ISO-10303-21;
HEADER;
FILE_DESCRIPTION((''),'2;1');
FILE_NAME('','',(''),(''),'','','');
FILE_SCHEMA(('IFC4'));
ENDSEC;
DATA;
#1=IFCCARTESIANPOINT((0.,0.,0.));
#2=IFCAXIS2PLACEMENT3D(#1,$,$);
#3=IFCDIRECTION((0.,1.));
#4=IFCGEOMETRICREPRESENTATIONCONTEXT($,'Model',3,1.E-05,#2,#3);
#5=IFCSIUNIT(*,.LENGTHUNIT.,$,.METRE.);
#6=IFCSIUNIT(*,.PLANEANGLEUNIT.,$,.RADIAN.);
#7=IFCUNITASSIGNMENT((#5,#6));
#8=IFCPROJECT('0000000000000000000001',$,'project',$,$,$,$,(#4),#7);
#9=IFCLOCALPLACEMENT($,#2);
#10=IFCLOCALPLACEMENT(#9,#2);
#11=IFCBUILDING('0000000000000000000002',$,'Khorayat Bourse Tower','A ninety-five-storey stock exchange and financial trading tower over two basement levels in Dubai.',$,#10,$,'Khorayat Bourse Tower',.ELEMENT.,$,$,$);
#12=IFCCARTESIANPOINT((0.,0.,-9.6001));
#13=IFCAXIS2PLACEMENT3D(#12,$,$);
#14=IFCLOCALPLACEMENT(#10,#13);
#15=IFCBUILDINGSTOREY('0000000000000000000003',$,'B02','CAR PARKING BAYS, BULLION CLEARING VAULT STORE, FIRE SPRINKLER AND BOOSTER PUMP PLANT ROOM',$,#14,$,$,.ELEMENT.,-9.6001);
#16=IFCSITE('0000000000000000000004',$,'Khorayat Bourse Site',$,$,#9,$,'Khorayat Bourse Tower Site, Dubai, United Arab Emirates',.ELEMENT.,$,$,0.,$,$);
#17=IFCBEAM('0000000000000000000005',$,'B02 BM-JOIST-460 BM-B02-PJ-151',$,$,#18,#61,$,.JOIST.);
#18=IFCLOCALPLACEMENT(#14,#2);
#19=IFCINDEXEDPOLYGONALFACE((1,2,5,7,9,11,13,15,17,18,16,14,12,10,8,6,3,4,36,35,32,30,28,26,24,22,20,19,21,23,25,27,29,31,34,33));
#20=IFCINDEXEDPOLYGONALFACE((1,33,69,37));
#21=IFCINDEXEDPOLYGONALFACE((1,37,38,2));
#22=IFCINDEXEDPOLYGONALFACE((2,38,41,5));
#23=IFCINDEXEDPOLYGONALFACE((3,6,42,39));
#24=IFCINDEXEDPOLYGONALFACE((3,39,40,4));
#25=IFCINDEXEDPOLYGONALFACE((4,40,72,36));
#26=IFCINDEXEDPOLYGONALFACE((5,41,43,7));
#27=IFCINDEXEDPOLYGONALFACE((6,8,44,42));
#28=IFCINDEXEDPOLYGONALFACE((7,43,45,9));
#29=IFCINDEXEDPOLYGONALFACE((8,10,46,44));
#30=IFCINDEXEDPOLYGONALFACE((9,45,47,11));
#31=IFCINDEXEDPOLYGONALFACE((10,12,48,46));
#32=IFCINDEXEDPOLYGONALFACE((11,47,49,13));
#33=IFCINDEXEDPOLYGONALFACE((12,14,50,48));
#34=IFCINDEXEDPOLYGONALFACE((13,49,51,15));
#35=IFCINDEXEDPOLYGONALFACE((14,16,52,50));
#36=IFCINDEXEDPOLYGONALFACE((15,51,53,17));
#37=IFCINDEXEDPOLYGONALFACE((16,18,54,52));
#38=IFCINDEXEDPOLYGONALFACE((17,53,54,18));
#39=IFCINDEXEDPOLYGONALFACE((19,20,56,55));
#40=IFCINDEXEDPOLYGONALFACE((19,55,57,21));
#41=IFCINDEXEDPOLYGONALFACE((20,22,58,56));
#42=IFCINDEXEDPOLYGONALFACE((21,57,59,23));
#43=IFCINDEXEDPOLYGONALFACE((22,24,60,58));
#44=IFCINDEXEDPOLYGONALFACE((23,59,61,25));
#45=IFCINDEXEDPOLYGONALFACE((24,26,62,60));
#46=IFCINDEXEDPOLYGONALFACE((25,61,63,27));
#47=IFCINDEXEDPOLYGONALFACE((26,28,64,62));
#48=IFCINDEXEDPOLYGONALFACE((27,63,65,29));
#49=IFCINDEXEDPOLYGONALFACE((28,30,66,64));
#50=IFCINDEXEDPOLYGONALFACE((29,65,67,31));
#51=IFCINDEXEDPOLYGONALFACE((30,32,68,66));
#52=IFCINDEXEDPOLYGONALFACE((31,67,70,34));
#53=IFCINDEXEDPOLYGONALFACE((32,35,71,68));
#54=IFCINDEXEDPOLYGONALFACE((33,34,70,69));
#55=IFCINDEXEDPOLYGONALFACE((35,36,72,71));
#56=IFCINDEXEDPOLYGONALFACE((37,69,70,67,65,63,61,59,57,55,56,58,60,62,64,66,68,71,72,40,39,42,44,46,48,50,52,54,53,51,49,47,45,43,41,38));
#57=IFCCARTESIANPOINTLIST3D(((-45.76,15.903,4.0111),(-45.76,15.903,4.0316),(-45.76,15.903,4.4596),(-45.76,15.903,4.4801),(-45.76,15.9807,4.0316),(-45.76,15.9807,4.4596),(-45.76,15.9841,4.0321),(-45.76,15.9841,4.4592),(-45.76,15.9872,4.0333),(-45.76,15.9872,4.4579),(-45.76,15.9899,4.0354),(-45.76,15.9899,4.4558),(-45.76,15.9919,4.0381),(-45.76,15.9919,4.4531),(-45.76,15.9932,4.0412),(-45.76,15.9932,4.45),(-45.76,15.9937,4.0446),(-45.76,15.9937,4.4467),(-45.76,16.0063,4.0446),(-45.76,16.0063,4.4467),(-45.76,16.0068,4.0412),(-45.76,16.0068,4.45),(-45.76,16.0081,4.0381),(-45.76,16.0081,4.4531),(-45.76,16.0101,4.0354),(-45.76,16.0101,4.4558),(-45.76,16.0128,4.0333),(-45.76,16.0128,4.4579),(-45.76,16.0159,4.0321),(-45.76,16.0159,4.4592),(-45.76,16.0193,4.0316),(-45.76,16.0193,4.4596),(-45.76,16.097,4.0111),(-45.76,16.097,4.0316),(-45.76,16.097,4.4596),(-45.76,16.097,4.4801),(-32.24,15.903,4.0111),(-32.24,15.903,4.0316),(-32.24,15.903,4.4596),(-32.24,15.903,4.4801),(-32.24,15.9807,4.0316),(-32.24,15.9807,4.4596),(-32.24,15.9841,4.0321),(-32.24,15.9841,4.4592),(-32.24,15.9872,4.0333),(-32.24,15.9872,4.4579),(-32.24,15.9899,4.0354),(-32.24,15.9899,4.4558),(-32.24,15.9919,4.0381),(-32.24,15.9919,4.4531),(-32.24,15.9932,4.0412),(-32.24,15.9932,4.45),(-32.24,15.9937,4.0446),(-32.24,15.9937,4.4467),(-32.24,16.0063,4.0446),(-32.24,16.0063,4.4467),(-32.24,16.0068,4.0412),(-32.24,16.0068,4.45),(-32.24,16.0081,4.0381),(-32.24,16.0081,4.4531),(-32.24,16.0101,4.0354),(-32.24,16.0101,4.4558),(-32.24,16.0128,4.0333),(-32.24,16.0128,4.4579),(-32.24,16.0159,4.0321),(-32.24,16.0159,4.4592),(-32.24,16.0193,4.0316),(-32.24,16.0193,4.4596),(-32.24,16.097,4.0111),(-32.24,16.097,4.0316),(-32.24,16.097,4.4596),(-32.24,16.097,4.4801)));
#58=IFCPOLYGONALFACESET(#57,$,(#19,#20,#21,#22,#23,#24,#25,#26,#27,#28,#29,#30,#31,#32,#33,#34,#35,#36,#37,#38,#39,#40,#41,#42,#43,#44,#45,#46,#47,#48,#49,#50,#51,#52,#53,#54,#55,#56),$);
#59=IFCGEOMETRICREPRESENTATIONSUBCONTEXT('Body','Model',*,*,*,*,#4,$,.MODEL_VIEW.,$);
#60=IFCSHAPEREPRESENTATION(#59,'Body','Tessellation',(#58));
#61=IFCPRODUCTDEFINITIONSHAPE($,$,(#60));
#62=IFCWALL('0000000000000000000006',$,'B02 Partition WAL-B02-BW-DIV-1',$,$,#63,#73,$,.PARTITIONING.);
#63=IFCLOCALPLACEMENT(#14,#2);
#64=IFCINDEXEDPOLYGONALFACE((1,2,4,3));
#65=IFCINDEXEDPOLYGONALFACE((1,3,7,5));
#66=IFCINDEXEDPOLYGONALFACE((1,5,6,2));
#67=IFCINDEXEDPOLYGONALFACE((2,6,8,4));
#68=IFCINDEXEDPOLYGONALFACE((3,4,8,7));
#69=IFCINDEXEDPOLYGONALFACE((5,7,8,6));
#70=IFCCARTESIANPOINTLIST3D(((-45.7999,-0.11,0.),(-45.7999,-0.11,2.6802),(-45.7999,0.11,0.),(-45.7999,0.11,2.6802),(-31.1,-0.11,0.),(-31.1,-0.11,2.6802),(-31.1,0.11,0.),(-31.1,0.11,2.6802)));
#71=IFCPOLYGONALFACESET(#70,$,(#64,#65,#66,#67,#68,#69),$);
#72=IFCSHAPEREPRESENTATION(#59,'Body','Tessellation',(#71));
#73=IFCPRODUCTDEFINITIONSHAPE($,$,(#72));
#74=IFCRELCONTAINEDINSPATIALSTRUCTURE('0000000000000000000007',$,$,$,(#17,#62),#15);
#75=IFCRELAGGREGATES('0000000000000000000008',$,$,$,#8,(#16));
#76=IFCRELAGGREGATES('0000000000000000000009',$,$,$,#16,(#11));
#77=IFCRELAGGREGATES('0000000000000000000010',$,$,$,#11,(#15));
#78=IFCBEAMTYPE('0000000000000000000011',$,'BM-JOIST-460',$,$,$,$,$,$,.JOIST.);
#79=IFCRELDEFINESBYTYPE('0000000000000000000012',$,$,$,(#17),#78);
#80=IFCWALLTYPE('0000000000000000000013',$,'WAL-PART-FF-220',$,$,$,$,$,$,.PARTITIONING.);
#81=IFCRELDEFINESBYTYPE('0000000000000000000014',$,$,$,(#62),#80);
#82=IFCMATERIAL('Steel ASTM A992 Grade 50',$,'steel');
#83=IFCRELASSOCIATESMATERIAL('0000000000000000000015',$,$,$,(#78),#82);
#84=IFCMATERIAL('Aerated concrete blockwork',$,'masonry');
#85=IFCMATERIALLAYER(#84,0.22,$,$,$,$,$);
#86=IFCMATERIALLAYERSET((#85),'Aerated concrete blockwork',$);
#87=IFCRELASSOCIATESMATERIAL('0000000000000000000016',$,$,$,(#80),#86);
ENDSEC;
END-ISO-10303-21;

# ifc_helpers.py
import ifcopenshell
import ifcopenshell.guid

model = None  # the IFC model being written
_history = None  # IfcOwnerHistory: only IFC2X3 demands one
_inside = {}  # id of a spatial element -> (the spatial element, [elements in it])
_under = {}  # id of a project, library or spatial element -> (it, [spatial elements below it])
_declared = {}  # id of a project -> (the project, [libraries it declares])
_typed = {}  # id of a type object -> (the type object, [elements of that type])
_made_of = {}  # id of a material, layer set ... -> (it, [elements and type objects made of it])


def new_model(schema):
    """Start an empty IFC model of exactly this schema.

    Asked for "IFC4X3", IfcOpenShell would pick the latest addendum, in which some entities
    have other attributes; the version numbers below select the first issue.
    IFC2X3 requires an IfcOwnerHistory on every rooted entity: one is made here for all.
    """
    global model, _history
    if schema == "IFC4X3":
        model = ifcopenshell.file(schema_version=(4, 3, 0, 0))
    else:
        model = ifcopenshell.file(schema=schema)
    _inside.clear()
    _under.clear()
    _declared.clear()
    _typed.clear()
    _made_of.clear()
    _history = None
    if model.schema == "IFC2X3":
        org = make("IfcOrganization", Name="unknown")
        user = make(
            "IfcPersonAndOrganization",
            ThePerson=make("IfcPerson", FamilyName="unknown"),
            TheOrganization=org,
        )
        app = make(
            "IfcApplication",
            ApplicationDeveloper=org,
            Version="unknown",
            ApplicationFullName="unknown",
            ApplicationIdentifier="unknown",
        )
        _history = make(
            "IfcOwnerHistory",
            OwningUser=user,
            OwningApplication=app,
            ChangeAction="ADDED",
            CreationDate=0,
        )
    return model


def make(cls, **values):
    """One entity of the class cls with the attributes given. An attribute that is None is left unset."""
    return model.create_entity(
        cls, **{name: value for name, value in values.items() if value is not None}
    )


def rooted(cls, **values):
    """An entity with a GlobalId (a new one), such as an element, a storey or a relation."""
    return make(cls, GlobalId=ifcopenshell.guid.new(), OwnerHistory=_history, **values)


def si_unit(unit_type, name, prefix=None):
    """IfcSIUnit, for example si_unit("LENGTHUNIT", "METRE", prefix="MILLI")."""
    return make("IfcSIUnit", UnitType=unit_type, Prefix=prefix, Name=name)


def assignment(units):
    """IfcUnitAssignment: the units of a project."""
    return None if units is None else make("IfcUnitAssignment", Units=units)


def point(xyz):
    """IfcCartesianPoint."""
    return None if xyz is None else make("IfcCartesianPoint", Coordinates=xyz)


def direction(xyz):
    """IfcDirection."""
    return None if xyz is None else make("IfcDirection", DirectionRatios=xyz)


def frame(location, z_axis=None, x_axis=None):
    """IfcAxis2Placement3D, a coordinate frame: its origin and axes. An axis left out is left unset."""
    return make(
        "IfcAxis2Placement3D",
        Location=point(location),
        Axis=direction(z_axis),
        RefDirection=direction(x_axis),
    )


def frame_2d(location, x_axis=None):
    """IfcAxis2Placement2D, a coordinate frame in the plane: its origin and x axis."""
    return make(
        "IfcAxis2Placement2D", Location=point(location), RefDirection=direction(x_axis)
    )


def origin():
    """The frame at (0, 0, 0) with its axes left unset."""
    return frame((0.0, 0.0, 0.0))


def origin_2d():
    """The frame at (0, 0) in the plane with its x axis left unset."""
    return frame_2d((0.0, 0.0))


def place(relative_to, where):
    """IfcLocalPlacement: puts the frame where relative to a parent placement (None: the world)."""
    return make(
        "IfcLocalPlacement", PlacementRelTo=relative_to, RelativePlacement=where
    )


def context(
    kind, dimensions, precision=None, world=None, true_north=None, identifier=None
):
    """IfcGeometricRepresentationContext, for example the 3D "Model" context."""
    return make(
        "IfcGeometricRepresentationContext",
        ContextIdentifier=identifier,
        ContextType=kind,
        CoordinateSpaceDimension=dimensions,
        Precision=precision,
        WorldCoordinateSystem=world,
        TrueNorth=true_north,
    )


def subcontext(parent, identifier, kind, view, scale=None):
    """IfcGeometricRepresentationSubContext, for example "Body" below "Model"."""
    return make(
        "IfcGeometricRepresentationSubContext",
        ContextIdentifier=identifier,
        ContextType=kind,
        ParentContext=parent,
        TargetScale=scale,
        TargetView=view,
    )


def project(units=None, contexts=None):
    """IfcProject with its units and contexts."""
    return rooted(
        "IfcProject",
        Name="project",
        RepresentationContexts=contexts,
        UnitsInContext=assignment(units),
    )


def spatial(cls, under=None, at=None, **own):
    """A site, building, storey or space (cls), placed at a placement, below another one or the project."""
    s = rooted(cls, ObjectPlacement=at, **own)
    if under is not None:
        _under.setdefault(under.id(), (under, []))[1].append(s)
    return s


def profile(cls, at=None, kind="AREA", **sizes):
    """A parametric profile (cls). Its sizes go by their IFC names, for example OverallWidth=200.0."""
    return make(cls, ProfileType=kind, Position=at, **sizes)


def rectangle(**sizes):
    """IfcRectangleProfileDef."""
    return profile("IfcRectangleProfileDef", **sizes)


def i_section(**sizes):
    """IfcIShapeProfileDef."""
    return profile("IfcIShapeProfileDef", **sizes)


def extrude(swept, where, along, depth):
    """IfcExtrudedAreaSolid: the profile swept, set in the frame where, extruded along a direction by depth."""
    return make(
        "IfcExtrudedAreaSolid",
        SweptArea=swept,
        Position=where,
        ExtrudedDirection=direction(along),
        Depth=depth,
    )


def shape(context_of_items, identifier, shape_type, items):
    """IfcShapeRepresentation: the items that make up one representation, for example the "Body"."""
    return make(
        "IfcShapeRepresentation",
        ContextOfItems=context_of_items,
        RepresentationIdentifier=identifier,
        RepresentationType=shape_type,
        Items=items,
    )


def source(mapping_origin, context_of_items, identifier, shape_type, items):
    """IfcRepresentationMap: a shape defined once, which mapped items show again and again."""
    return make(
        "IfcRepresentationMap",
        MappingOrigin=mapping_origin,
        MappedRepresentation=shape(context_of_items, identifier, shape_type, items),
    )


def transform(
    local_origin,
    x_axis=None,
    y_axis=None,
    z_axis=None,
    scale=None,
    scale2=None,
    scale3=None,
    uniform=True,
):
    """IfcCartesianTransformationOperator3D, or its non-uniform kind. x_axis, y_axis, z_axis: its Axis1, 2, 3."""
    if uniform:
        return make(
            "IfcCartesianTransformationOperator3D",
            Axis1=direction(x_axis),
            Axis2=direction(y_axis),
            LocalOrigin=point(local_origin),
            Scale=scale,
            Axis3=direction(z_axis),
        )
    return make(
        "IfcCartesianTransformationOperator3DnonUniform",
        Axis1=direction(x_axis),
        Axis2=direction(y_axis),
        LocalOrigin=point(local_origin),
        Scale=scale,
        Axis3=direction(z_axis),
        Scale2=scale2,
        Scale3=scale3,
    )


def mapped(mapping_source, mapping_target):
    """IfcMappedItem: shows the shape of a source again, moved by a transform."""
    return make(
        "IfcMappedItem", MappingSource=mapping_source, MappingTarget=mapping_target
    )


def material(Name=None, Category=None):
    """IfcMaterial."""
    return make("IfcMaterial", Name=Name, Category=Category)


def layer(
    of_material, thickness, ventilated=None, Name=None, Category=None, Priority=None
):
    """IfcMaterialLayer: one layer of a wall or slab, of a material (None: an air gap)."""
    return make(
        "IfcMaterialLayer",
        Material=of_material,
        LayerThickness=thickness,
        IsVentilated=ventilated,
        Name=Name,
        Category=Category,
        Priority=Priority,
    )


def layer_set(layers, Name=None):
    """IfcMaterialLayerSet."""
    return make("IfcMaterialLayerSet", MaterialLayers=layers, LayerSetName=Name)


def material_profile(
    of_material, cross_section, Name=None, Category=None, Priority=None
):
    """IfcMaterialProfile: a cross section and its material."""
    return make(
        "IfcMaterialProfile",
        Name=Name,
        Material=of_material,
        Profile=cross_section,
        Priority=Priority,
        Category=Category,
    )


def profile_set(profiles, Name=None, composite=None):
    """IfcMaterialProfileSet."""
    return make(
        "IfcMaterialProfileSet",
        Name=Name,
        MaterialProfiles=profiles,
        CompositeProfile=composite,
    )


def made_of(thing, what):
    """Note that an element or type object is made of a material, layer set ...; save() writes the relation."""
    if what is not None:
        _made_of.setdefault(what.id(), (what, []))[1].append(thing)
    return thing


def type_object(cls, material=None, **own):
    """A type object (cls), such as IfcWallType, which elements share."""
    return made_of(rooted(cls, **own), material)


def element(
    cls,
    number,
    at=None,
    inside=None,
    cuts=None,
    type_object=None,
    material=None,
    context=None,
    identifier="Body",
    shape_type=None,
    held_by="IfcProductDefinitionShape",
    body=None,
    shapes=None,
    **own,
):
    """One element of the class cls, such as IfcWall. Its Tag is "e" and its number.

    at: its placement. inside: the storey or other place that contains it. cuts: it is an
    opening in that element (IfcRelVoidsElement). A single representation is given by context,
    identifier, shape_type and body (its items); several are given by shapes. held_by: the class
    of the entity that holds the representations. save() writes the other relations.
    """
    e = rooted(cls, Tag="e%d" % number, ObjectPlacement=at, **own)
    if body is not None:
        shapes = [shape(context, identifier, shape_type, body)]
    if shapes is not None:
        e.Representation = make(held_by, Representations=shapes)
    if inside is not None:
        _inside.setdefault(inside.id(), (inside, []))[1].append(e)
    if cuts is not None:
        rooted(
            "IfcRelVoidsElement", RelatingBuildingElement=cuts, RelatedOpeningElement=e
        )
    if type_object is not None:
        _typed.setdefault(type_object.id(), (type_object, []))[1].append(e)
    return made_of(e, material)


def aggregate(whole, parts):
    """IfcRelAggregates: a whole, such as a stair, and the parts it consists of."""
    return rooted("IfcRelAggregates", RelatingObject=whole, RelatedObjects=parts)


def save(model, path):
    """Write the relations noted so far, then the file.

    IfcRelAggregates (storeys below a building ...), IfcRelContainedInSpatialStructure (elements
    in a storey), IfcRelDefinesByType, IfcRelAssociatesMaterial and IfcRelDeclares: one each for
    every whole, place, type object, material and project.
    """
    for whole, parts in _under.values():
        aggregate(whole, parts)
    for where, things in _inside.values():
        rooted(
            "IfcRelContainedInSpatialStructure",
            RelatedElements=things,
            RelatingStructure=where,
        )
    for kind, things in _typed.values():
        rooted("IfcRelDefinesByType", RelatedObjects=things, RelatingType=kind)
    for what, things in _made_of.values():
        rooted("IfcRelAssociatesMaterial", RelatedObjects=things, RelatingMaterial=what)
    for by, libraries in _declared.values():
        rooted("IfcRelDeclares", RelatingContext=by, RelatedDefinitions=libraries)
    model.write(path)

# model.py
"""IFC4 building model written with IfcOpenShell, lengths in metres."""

from ifc_helpers import new_model, si_unit, direction, frame, frame_2d, origin, origin_2d, place, context, subcontext, project, spatial, rectangle, i_section, extrude, source, transform, mapped, material, layer, layer_set, material_profile, profile_set, type_object, element, save


model = new_model("IFC4")

# Units and contexts
model_context = context("Model", 3, precision=1e-05, world=origin(), true_north=direction((0.0, 1.0)))
body_context = subcontext(model_context, "Body", "Model", "MODEL_VIEW")
ifc_project = project(units=[si_unit("LENGTHUNIT", "METRE"), si_unit("PLANEANGLEUNIT", "RADIAN")], contexts=[model_context])

# Site, building, storey
site_placement = place(None, origin())
site = spatial("IfcSite", under=ifc_project, at=site_placement, Name="Khorayat Bourse Site", LongName="Khorayat Bourse Tower Site, Dubai, United Arab Emirates", CompositionType="ELEMENT", RefElevation=0.0)
building_placement = place(site_placement, origin())
building = spatial("IfcBuilding", under=site, at=building_placement, Name="Khorayat Bourse Tower", Description="A ninety-five-storey stock exchange and financial trading tower over two basement levels in Dubai.", LongName="Khorayat Bourse Tower", CompositionType="ELEMENT")
storey_placement = place(building_placement, frame((0.0, 0.0, -9.6001)))
storey = spatial("IfcBuildingStorey", under=building, at=storey_placement, Name="B02", Description="CAR PARKING BAYS, BULLION CLEARING VAULT STORE, FIRE SPRINKLER AND BOOSTER PUMP PLANT ROOM", CompositionType="ELEMENT", Elevation=-9.6001)

# Beam
ifc_material_1 = material(Name="Steel ASTM A992 Grade 50", Category="steel")
ifc_material_profile_1 = material_profile(ifc_material_1, i_section(OverallWidth=0.1941, OverallDepth=0.469, WebThickness=0.0127, FlangeThickness=0.0205, FilletRadius=0.0129, at=origin_2d()), Name="W460X106")
ifc_profile_set_1 = profile_set([ifc_material_profile_1], Name="Steel ASTM A992 Grade 50")
beam_type_1 = type_object("IfcBeamType", Name="BM-JOIST-460", PredefinedType="JOIST", material=ifc_profile_set_1)
shared_shape_1 = source(origin(), body_context, "Body", "SweptSolid", [
    extrude(i_section(OverallWidth=0.1941, OverallDepth=0.469, WebThickness=0.0127, FlangeThickness=0.0205, FilletRadius=0.0129, at=origin_2d()), origin(), (0.0, 0.0, 1.0), 13.52),
])
beam_1_placement = place(storey_placement, frame((-45.76, 16.0, 4.2456), z_axis=(1.0, 0.0, 0.0), x_axis=(0.0, 1.0, 0.0)))
element("IfcBeam", 1, at=beam_1_placement, inside=storey, type_object=beam_type_1, Name="B02 BM-JOIST-460 BM-B02-PJ-151", PredefinedType="JOIST", context=body_context, shape_type="MappedRepresentation", body=[
    mapped(shared_shape_1, transform((0.0, 0.0, 0.0), scale=1.0)),
])

# Wall
ifc_material_2 = material(Name="Aerated concrete blockwork", Category="masonry")
ifc_layer = layer(ifc_material_2, 0.22)
ifc_layer_set = layer_set([ifc_layer], Name="Aerated concrete blockwork")
wall_type = type_object("IfcWallType", Name="WAL-PART-FF-220", PredefinedType="PARTITIONING", material=ifc_layer_set)
shared_shape_2 = source(origin(), body_context, "Body", "SweptSolid", [
    extrude(rectangle(XDim=14.7, YDim=0.22, at=frame_2d((7.3501, 0.0))), origin(), (0.0, 0.0, 1.0), 2.6802),
])
wall_placement = place(storey_placement, frame((-45.8, 0.0, 0.0), z_axis=(0.0, 0.0, 1.0), x_axis=(1.0, 0.0, 0.0)))
element("IfcWall", 2, at=wall_placement, inside=storey, type_object=wall_type, Name="B02 Partition WAL-B02-BW-DIV-1", PredefinedType="PARTITIONING", context=body_context, shape_type="MappedRepresentation", body=[
    mapped(shared_shape_2, transform((0.0, 0.0, 0.0), scale=1.0)),
])

save(model, "model.ifc")
